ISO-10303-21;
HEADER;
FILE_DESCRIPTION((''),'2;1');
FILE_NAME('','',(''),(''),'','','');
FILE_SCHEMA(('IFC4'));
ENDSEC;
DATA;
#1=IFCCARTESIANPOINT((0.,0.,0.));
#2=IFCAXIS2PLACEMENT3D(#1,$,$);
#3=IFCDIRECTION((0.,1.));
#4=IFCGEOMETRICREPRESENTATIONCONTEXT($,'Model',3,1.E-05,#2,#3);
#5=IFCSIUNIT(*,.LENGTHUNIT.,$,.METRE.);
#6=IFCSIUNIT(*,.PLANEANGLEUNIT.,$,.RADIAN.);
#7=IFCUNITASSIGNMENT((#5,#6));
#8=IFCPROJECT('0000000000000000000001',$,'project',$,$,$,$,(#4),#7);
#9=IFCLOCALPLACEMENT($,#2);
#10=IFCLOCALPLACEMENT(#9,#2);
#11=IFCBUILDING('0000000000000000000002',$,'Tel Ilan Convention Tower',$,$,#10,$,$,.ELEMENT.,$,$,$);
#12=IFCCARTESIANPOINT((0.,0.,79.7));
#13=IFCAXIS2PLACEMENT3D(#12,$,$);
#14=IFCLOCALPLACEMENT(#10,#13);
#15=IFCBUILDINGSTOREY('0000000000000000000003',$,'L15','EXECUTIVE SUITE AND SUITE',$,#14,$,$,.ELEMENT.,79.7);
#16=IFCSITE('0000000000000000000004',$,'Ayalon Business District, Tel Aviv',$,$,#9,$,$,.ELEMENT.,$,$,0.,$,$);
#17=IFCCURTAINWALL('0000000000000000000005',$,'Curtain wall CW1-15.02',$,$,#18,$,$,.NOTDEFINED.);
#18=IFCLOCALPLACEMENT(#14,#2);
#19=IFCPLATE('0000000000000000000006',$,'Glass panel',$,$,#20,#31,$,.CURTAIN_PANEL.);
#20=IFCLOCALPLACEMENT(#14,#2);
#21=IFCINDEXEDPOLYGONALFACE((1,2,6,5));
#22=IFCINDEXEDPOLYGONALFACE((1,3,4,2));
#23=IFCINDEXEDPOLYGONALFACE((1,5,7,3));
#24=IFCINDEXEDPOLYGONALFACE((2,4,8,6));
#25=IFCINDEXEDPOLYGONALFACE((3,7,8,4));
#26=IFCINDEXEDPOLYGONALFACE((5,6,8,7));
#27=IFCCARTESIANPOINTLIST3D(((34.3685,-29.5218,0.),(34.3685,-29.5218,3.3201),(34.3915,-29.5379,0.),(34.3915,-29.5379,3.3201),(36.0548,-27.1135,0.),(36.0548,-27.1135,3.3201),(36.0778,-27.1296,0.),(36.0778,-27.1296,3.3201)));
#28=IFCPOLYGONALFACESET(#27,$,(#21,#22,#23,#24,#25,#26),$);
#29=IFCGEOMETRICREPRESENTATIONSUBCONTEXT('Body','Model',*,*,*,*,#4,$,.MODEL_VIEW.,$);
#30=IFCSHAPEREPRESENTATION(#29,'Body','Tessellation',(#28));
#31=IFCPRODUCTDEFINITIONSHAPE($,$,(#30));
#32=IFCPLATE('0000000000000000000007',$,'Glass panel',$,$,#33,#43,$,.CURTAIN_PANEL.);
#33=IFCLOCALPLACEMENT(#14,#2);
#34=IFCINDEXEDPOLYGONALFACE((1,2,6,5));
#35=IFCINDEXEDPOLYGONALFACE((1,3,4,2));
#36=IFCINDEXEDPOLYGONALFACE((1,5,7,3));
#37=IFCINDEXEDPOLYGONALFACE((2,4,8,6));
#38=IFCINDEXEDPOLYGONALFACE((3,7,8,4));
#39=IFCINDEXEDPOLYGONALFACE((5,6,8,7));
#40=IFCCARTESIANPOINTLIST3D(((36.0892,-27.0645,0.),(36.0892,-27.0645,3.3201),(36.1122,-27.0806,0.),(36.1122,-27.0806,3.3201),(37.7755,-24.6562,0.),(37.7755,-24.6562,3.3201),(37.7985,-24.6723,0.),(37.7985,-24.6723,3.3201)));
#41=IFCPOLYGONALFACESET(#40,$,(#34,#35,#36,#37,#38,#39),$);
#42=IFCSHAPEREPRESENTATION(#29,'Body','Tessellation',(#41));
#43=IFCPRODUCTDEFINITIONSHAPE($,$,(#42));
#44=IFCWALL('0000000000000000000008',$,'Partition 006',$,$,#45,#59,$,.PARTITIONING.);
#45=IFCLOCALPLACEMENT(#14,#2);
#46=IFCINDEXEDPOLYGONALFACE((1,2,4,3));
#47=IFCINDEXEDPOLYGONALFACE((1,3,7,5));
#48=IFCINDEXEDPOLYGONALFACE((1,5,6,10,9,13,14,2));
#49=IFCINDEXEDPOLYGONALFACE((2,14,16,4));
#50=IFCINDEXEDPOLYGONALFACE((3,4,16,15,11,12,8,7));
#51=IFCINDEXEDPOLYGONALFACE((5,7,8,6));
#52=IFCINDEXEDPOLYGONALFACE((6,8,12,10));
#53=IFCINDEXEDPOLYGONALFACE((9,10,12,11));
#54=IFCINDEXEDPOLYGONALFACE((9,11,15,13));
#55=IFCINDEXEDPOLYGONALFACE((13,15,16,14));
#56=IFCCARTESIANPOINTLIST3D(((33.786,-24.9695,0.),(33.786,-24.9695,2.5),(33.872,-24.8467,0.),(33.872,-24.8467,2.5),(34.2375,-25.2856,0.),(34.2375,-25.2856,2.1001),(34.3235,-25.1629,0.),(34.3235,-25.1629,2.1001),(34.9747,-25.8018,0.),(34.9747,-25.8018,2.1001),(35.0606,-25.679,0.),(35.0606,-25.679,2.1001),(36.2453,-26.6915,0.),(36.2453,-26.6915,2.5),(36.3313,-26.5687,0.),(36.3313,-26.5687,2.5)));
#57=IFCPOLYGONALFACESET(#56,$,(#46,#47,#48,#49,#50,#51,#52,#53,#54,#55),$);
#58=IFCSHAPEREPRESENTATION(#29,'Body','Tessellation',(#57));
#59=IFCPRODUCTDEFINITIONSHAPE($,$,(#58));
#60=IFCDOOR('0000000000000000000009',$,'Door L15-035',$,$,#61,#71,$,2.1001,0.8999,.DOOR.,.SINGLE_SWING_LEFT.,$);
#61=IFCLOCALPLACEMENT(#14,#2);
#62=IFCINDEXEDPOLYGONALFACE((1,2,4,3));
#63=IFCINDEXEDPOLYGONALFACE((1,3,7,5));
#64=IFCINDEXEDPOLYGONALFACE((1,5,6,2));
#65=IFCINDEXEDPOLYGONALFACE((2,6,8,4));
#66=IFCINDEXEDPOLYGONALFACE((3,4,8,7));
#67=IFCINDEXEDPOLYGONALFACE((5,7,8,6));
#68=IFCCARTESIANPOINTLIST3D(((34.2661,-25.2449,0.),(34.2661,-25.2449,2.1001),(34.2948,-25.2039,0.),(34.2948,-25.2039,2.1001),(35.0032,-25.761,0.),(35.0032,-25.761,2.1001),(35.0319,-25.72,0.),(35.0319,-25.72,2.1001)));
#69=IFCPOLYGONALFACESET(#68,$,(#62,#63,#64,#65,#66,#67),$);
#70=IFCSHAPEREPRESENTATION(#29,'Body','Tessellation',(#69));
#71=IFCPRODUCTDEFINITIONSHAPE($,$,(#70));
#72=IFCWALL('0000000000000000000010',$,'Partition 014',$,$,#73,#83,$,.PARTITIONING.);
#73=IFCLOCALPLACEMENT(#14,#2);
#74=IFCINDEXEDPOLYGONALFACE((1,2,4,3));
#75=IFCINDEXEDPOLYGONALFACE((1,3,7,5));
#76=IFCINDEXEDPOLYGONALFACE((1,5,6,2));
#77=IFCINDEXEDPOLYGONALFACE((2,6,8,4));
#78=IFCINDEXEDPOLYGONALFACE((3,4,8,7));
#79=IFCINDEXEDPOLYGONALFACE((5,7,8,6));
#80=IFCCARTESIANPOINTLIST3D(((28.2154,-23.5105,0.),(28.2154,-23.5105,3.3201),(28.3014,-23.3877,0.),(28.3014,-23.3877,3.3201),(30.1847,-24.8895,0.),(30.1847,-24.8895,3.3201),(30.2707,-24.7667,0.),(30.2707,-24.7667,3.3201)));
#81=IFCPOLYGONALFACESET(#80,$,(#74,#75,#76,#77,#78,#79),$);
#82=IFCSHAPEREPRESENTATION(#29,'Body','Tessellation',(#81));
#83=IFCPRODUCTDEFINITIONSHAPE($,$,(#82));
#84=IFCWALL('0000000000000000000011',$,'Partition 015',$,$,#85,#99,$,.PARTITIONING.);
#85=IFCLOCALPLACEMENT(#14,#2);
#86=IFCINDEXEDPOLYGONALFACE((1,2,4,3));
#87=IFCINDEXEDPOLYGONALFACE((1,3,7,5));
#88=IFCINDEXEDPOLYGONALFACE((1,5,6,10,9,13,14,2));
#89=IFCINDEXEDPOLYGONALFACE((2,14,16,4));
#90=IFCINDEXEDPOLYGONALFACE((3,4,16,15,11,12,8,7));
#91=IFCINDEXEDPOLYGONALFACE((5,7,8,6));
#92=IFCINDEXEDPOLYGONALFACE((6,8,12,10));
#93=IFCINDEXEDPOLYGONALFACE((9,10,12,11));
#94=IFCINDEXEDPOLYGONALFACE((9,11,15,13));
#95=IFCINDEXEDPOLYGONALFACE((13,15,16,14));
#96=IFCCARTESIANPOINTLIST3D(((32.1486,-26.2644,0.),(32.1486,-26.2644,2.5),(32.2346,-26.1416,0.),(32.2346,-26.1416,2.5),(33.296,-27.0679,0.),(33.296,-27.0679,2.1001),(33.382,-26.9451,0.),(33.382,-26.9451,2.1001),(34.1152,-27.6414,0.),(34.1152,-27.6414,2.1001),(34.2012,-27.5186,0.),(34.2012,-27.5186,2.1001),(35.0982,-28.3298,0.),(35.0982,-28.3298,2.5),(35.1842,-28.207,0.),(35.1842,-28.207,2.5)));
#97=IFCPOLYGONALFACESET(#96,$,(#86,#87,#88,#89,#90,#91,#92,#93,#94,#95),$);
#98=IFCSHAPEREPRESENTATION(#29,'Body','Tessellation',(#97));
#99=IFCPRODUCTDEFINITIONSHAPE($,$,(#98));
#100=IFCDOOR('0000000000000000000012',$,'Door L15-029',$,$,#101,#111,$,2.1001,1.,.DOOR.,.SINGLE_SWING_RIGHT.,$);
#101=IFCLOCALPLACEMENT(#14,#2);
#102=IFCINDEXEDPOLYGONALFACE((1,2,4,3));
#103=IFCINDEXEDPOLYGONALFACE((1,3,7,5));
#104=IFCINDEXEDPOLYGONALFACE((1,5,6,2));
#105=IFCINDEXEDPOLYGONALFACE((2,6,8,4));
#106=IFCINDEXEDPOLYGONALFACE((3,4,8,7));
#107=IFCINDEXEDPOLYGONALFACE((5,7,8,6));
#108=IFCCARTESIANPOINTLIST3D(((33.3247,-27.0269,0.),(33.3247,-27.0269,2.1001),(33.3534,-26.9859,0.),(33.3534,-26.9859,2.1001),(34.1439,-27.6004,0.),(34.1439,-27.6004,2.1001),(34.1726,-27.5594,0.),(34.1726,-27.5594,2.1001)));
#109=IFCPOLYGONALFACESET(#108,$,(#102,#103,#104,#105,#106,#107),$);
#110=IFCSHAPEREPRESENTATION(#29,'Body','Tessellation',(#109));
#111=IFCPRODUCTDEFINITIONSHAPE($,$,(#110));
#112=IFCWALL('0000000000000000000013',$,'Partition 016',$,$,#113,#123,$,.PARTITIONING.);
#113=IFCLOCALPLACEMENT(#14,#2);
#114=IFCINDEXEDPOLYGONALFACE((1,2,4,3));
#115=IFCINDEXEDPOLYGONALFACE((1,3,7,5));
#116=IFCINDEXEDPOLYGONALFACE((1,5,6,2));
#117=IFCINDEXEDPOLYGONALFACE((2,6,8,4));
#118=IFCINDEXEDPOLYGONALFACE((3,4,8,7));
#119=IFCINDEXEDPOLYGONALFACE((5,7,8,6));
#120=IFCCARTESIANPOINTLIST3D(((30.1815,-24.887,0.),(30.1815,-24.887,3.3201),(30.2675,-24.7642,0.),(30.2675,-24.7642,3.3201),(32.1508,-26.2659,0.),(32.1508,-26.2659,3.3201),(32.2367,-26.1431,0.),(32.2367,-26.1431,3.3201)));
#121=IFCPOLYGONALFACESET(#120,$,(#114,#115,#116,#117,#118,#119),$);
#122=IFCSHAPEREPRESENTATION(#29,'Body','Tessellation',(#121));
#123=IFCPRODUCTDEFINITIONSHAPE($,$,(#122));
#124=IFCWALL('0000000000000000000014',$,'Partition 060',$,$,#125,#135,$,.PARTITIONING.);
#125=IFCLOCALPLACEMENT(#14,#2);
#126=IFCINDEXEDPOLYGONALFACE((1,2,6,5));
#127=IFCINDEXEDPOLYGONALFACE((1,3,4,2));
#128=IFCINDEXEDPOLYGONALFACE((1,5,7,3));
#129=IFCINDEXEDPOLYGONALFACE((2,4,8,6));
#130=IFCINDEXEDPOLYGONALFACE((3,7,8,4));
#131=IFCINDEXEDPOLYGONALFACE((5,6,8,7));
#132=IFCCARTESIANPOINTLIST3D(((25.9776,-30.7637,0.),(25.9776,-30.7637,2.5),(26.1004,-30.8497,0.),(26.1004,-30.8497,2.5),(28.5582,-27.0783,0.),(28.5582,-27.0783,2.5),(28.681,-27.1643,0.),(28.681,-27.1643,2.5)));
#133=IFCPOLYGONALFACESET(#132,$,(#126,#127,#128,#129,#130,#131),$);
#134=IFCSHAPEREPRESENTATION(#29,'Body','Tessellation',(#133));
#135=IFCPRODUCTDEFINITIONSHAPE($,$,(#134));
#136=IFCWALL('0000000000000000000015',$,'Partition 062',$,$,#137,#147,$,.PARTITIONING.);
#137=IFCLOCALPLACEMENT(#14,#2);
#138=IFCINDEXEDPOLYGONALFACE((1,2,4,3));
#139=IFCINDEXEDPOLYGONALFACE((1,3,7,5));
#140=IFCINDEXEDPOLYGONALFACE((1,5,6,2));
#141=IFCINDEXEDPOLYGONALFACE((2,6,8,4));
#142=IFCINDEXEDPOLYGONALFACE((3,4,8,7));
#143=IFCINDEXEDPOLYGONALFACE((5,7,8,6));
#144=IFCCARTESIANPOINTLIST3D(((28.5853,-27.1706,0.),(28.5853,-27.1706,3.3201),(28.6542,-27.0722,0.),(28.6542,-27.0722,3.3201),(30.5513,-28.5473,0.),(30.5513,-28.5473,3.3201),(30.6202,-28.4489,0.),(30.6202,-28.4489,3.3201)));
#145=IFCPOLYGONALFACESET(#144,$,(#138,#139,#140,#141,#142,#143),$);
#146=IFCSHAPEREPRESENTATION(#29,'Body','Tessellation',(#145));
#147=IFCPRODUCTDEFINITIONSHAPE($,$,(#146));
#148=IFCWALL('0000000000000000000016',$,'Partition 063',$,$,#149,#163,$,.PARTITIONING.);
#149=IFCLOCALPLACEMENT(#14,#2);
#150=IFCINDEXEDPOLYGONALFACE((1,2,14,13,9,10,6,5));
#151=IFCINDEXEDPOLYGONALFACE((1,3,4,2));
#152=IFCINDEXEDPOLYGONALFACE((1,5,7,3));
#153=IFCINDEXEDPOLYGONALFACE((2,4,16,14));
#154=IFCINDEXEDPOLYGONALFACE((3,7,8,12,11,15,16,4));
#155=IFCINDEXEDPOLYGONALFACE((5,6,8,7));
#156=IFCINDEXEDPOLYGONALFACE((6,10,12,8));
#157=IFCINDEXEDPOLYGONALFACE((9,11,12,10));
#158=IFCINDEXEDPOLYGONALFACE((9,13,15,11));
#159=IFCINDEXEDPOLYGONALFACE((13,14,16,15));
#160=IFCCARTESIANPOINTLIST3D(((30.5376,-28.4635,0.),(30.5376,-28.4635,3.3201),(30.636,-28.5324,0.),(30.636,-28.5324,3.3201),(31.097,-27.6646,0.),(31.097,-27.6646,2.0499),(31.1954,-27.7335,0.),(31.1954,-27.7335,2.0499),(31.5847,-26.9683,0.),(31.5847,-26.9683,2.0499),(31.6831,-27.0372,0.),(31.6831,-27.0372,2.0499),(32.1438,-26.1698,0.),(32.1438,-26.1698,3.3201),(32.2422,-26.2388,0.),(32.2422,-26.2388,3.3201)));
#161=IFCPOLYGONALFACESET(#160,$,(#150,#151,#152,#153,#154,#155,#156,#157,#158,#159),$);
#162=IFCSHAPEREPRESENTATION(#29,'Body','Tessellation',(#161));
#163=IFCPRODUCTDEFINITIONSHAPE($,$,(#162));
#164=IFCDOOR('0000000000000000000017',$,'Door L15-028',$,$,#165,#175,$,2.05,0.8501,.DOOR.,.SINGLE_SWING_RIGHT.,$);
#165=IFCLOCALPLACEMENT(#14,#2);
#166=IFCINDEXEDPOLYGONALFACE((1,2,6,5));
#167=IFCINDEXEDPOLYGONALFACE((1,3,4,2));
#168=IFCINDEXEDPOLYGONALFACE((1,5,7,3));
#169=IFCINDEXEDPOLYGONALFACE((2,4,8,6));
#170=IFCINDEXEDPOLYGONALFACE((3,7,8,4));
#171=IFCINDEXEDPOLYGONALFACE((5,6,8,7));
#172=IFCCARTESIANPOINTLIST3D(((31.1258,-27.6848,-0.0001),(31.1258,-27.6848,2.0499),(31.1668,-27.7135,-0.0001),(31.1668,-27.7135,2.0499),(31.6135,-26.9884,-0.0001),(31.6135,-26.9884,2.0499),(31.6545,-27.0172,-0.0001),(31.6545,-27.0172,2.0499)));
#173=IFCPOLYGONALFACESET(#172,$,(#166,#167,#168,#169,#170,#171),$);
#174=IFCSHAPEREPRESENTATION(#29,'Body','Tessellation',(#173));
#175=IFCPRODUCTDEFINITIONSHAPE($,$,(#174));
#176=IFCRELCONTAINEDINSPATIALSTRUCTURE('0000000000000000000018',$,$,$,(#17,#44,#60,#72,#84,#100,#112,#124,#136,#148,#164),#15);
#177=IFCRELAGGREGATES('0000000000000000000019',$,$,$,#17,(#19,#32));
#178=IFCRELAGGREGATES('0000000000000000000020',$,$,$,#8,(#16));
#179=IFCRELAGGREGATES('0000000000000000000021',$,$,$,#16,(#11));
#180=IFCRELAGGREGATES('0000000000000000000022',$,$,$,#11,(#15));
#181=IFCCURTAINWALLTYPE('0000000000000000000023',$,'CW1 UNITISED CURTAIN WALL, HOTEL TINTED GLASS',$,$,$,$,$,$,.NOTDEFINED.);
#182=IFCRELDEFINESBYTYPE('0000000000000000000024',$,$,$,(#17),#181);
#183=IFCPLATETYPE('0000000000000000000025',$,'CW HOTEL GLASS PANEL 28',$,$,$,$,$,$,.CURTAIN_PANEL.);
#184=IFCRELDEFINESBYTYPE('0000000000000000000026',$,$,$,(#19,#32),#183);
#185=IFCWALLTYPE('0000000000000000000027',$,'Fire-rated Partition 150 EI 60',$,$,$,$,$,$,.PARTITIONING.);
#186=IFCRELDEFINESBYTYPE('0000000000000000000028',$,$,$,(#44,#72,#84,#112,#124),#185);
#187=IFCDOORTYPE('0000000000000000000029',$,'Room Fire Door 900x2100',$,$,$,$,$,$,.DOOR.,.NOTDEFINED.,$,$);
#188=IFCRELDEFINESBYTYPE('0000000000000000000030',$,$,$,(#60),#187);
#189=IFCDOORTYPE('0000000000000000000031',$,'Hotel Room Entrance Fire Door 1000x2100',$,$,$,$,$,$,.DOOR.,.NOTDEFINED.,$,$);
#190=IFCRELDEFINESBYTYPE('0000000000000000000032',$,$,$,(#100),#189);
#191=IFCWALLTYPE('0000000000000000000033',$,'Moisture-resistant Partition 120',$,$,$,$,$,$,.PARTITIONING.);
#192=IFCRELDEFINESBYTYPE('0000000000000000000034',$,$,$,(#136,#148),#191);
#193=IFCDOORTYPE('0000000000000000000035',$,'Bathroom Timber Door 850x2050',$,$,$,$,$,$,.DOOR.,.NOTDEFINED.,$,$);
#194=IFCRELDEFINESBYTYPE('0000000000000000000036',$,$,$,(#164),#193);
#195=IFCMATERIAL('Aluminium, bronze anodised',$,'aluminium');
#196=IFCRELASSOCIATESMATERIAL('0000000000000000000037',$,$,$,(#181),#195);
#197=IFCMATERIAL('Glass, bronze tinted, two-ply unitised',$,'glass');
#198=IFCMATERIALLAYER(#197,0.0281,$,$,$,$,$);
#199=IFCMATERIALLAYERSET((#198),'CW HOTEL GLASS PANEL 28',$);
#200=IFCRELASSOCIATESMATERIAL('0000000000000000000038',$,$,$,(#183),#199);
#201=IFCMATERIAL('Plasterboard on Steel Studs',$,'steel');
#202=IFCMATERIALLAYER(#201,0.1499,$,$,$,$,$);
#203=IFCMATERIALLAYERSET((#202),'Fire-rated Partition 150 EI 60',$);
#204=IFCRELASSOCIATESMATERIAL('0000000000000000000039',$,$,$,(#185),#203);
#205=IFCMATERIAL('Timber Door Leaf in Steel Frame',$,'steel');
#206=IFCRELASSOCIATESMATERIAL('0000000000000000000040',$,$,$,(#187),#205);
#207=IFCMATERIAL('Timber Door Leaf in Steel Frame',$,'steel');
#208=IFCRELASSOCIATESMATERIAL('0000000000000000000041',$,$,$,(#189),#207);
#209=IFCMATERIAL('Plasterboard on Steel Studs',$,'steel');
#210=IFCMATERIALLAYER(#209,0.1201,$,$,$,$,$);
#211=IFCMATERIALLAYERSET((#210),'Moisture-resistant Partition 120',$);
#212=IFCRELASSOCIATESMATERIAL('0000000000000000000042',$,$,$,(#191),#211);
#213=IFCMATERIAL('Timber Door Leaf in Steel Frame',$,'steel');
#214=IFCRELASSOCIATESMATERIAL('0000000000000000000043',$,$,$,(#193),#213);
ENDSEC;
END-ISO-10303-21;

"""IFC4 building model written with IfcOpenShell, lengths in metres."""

from ifc_helpers import new_model, si_unit, direction, frame, frame_2d, origin, origin_2d, place, context, subcontext, project, spatial, rectangle, extrude, material, layer, layer_set, type_object, element, fill, aggregate, save


model = new_model("IFC4")

# Units and contexts
model_context = context("Model", 3, precision=1e-05, world=origin(), true_north=direction((0.0, 1.0)))
body_context = subcontext(model_context, "Body", "Model", "MODEL_VIEW")
ifc_project = project(units=[si_unit("LENGTHUNIT", "METRE"), si_unit("PLANEANGLEUNIT", "RADIAN")], contexts=[model_context])

# Site, building, storey
site_placement = place(None, origin())
site = spatial("IfcSite", under=ifc_project, at=site_placement, Name="Ayalon Business District, Tel Aviv", CompositionType="ELEMENT", RefElevation=0.0)
building_placement = place(site_placement, origin())
building = spatial("IfcBuilding", under=site, at=building_placement, Name="Tel Ilan Convention Tower", CompositionType="ELEMENT")
storey_placement = place(building_placement, frame((0.0, 0.0, 79.7)))
storey = spatial("IfcBuildingStorey", under=building, at=storey_placement, Name="L15", Description="EXECUTIVE SUITE AND SUITE", CompositionType="ELEMENT", Elevation=79.7)

# Curtain wall, plates
ifc_material_1 = material(Name="Aluminium, bronze anodised", Category="aluminium")
curtain_wall_type = type_object("IfcCurtainWallType", Name="CW1 UNITISED CURTAIN WALL, HOTEL TINTED GLASS", PredefinedType="NOTDEFINED", material=ifc_material_1)
curtain_wall_placement = place(storey_placement, origin())
curtain_wall = element("IfcCurtainWall", 1, at=curtain_wall_placement, inside=storey, type_object=curtain_wall_type, Name="Curtain wall CW1-15.02", PredefinedType="NOTDEFINED")
ifc_material_2 = material(Name="Glass, bronze tinted, two-ply unitised", Category="glass")
ifc_layer_1 = layer(ifc_material_2, 0.0281)
ifc_layer_set_1 = layer_set([ifc_layer_1], Name="CW HOTEL GLASS PANEL 28")
plate_type = type_object("IfcPlateType", Name="CW HOTEL GLASS PANEL 28", PredefinedType="CURTAIN_PANEL", material=ifc_layer_set_1)
plate_1_placement = place(storey_placement, frame((35.2231, -28.3257, 0.0), z_axis=(0.0, 0.0, 1.0), x_axis=(0.573576, 0.819152, 0.0)))
plate_1 = element("IfcPlate", 2, at=plate_1_placement, type_object=plate_type, Name="Glass panel", PredefinedType="CURTAIN_PANEL", context=body_context, shape_type="SweptSolid", body=[
    extrude(rectangle(XDim=2.9399, YDim=0.0281, at=origin_2d()), origin(), (0.0, 0.0, 1.0), 3.3201),
])
plate_2_placement = place(storey_placement, frame((36.9438, -25.8684, 0.0), z_axis=(0.0, 0.0, 1.0), x_axis=(0.573576, 0.819152, 0.0)))
plate_2 = element("IfcPlate", 3, at=plate_2_placement, type_object=plate_type, Name="Glass panel", PredefinedType="CURTAIN_PANEL", context=body_context, shape_type="SweptSolid", body=[
    extrude(rectangle(XDim=2.9399, YDim=0.0281, at=origin_2d()), origin(), (0.0, 0.0, 1.0), 3.3201),
])
aggregate(curtain_wall, [plate_1, plate_2])

# Wall, opening, door
ifc_material_3 = material(Name="Plasterboard on Steel Studs", Category="steel")
ifc_layer_2 = layer(ifc_material_3, 0.1499)
ifc_layer_set_2 = layer_set([ifc_layer_2], Name="Fire-rated Partition 150 EI 60")
wall_type_1 = type_object("IfcWallType", Name="Fire-rated Partition 150 EI 60", PredefinedType="PARTITIONING", material=ifc_layer_set_2)
wall_1_placement = place(storey_placement, frame((33.8291, -24.9082, 0.0), z_axis=(0.0, 0.0, 1.0), x_axis=(0.819159, -0.573566, 0.0)))
wall_1 = element("IfcWall", 4, at=wall_1_placement, inside=storey, type_object=wall_type_1, Name="Partition 006", PredefinedType="PARTITIONING", context=body_context, shape_type="SweptSolid", body=[
    extrude(rectangle(XDim=3.0022, YDim=0.1499, at=frame_2d((1.501, 0.0))), origin(), (0.0, 0.0, 1.0), 2.5),
])
opening_1_placement = place(wall_1_placement, frame((0.551, 0.0, 0.0)))
opening_1 = element("IfcOpeningElement", 5, at=opening_1_placement, cuts=wall_1, PredefinedType="OPENING", context=body_context, shape_type="SweptSolid", body=[
    extrude(rectangle(XDim=0.8999, YDim=2.1001, at=frame_2d((0.45, 1.05))), frame((0.0, 0.085, 0.0), z_axis=(0.0, -1.0, 0.0), x_axis=(1.0, 0.0, 0.0)), (0.0, 0.0, 1.0), 0.1699),
])
ifc_material_4 = material(Name="Timber Door Leaf in Steel Frame", Category="steel")
door_type_1 = type_object("IfcDoorType", Name="Room Fire Door 900x2100", OperationType="NOTDEFINED", PredefinedType="DOOR", material=ifc_material_4)
door_1_placement = place(opening_1_placement, origin())
door_1 = element("IfcDoor", 6, at=door_1_placement, inside=storey, type_object=door_type_1, Name="Door L15-035", OperationType="SINGLE_SWING_LEFT", OverallHeight=2.1001, OverallWidth=0.8999, PredefinedType="DOOR", context=body_context, shape_type="SweptSolid", body=[
    extrude(rectangle(XDim=0.8999, YDim=2.1001, at=frame_2d((0.45, 1.05))), frame((0.0, 0.0249, 0.0), z_axis=(0.0, -1.0, 0.0), x_axis=(1.0, 0.0, 0.0)), (0.0, 0.0, 1.0), 0.05),
])
fill(opening_1, door_1)

# Wall
wall_2_placement = place(storey_placement, frame((30.2278, -24.8281, 0.0), z_axis=(0.0, 0.0, 1.0), x_axis=(-0.819146, 0.573585, 0.0)))
element("IfcWall", 7, at=wall_2_placement, inside=storey, type_object=wall_type_1, Name="Partition 014", PredefinedType="PARTITIONING", context=body_context, shape_type="SweptSolid", body=[
    extrude(rectangle(XDim=2.4041, YDim=0.1499, at=frame_2d((1.2021, 0.0))), origin(), (0.0, 0.0, 1.0), 3.3201),
])

# Wall, opening, door
wall_3_placement = place(storey_placement, frame((35.1411, -28.2683, 0.0), z_axis=(0.0, 0.0, 1.0), x_axis=(-0.819149, 0.573581, 0.0)))
wall_3 = element("IfcWall", 8, at=wall_3_placement, inside=storey, type_object=wall_type_1, Name="Partition 015", PredefinedType="PARTITIONING", context=body_context, shape_type="SweptSolid", body=[
    extrude(rectangle(XDim=3.6008, YDim=0.1499, at=frame_2d((1.8003, 0.0))), origin(), (0.0, 0.0, 1.0), 2.5),
])
opening_2_placement = place(wall_3_placement, frame((1.2, 0.0, 0.0)))
opening_2 = element("IfcOpeningElement", 9, at=opening_2_placement, cuts=wall_3, PredefinedType="OPENING", context=body_context, shape_type="SweptSolid", body=[
    extrude(rectangle(XDim=1.0, YDim=2.1001, at=frame_2d((0.5, 1.05))), frame((0.0, 0.085, 0.0), z_axis=(0.0, -1.0, 0.0), x_axis=(1.0, 0.0, 0.0)), (0.0, 0.0, 1.0), 0.1699),
])
ifc_material_5 = material(Name="Timber Door Leaf in Steel Frame", Category="steel")
door_type_2 = type_object("IfcDoorType", Name="Hotel Room Entrance Fire Door 1000x2100", OperationType="NOTDEFINED", PredefinedType="DOOR", material=ifc_material_5)
door_2_placement = place(opening_2_placement, origin())
door_2 = element("IfcDoor", 10, at=door_2_placement, inside=storey, type_object=door_type_2, Name="Door L15-029", OperationType="SINGLE_SWING_RIGHT", OverallHeight=2.1001, OverallWidth=1.0, PredefinedType="DOOR", context=body_context, shape_type="SweptSolid", body=[
    extrude(rectangle(XDim=1.0, YDim=2.1001, at=frame_2d((0.5, 1.05))), frame((0.0, 0.0249, 0.0), z_axis=(0.0, -1.0, 0.0), x_axis=(1.0, 0.0, 0.0)), (0.0, 0.0, 1.0), 0.05),
])
fill(opening_2, door_2)

# Walls
wall_4_placement = place(storey_placement, frame((32.1938, -26.2046, 0.0), z_axis=(0.0, 0.0, 1.0), x_axis=(-0.819146, 0.573585, 0.0)))
element("IfcWall", 11, at=wall_4_placement, inside=storey, type_object=wall_type_1, Name="Partition 016", PredefinedType="PARTITIONING", context=body_context, shape_type="SweptSolid", body=[
    extrude(rectangle(XDim=2.4041, YDim=0.1499, at=frame_2d((1.2021, 0.0))), origin(), (0.0, 0.0, 1.0), 3.3201),
])
wall_5_placement = place(storey_placement, frame((28.6196, -27.1213, 0.0), z_axis=(0.0, 0.0, 1.0), x_axis=(-0.57359, -0.819143, 0.0)))
element("IfcWall", 12, at=wall_5_placement, inside=storey, type_object=wall_type_1, Name="Partition 060", PredefinedType="PARTITIONING", context=body_context, shape_type="SweptSolid", body=[
    extrude(rectangle(XDim=4.499, YDim=0.1499, at=frame_2d((2.2495, 0.0))), origin(), (0.0, 0.0, 1.0), 2.5),
])
ifc_material_6 = material(Name="Plasterboard on Steel Studs", Category="steel")
ifc_layer_3 = layer(ifc_material_6, 0.1201)
ifc_layer_set_3 = layer_set([ifc_layer_3], Name="Moisture-resistant Partition 120")
wall_type_2 = type_object("IfcWallType", Name="Moisture-resistant Partition 120", PredefinedType="PARTITIONING", material=ifc_layer_set_3)
wall_6_placement = place(storey_placement, frame((28.6196, -27.1213, 0.0), z_axis=(0.0, 0.0, 1.0), x_axis=(0.819141, -0.573592, 0.0)))
element("IfcWall", 13, at=wall_6_placement, inside=storey, type_object=wall_type_2, Name="Partition 062", PredefinedType="PARTITIONING", context=body_context, shape_type="SweptSolid", body=[
    extrude(rectangle(XDim=2.4001, YDim=0.1201, at=frame_2d((1.2002, 0.0))), origin(), (0.0, 0.0, 1.0), 3.3201),
])

# Wall, opening, door
wall_7_placement = place(storey_placement, frame((30.5869, -28.4978, 0.0), z_axis=(0.0, 0.0, 1.0), x_axis=(0.573609, 0.81913, 0.0)))
wall_7 = element("IfcWall", 14, at=wall_7_placement, inside=storey, type_object=wall_type_2, Name="Partition 063", PredefinedType="PARTITIONING", context=body_context, shape_type="SweptSolid", body=[
    extrude(rectangle(XDim=2.8, YDim=0.1201, at=frame_2d((1.3999, 0.0))), origin(), (0.0, 0.0, 1.0), 3.3201),
])
opening_3_placement = place(wall_7_placement, frame((0.9751, 0.0, 0.0)))
opening_3 = element("IfcOpeningElement", 15, at=opening_3_placement, cuts=wall_7, PredefinedType="OPENING", context=body_context, shape_type="SweptSolid", body=[
    extrude(rectangle(XDim=0.8501, YDim=2.05, at=frame_2d((0.425, 1.0249))), frame((0.0, 0.0701, 0.0), z_axis=(0.0, -1.0, 0.0), x_axis=(1.0, 0.0, 0.0)), (0.0, 0.0, 1.0), 0.1401),
])
ifc_material_7 = material(Name="Timber Door Leaf in Steel Frame", Category="steel")
door_type_3 = type_object("IfcDoorType", Name="Bathroom Timber Door 850x2050", OperationType="NOTDEFINED", PredefinedType="DOOR", material=ifc_material_7)
door_3_placement = place(opening_3_placement, origin())
door_3 = element("IfcDoor", 16, at=door_3_placement, inside=storey, type_object=door_type_3, Name="Door L15-028", OperationType="SINGLE_SWING_RIGHT", OverallHeight=2.05, OverallWidth=0.8501, PredefinedType="DOOR", context=body_context, shape_type="SweptSolid", body=[
    extrude(rectangle(XDim=0.8501, YDim=2.05, at=frame_2d((0.425, 1.0249))), frame((0.0, 0.0249, 0.0), z_axis=(0.0, -1.0, 0.0), x_axis=(1.0, 0.0, 0.0)), (0.0, 0.0, 1.0), 0.05),
])
fill(opening_3, door_3)

save(model, "model.ifc")
